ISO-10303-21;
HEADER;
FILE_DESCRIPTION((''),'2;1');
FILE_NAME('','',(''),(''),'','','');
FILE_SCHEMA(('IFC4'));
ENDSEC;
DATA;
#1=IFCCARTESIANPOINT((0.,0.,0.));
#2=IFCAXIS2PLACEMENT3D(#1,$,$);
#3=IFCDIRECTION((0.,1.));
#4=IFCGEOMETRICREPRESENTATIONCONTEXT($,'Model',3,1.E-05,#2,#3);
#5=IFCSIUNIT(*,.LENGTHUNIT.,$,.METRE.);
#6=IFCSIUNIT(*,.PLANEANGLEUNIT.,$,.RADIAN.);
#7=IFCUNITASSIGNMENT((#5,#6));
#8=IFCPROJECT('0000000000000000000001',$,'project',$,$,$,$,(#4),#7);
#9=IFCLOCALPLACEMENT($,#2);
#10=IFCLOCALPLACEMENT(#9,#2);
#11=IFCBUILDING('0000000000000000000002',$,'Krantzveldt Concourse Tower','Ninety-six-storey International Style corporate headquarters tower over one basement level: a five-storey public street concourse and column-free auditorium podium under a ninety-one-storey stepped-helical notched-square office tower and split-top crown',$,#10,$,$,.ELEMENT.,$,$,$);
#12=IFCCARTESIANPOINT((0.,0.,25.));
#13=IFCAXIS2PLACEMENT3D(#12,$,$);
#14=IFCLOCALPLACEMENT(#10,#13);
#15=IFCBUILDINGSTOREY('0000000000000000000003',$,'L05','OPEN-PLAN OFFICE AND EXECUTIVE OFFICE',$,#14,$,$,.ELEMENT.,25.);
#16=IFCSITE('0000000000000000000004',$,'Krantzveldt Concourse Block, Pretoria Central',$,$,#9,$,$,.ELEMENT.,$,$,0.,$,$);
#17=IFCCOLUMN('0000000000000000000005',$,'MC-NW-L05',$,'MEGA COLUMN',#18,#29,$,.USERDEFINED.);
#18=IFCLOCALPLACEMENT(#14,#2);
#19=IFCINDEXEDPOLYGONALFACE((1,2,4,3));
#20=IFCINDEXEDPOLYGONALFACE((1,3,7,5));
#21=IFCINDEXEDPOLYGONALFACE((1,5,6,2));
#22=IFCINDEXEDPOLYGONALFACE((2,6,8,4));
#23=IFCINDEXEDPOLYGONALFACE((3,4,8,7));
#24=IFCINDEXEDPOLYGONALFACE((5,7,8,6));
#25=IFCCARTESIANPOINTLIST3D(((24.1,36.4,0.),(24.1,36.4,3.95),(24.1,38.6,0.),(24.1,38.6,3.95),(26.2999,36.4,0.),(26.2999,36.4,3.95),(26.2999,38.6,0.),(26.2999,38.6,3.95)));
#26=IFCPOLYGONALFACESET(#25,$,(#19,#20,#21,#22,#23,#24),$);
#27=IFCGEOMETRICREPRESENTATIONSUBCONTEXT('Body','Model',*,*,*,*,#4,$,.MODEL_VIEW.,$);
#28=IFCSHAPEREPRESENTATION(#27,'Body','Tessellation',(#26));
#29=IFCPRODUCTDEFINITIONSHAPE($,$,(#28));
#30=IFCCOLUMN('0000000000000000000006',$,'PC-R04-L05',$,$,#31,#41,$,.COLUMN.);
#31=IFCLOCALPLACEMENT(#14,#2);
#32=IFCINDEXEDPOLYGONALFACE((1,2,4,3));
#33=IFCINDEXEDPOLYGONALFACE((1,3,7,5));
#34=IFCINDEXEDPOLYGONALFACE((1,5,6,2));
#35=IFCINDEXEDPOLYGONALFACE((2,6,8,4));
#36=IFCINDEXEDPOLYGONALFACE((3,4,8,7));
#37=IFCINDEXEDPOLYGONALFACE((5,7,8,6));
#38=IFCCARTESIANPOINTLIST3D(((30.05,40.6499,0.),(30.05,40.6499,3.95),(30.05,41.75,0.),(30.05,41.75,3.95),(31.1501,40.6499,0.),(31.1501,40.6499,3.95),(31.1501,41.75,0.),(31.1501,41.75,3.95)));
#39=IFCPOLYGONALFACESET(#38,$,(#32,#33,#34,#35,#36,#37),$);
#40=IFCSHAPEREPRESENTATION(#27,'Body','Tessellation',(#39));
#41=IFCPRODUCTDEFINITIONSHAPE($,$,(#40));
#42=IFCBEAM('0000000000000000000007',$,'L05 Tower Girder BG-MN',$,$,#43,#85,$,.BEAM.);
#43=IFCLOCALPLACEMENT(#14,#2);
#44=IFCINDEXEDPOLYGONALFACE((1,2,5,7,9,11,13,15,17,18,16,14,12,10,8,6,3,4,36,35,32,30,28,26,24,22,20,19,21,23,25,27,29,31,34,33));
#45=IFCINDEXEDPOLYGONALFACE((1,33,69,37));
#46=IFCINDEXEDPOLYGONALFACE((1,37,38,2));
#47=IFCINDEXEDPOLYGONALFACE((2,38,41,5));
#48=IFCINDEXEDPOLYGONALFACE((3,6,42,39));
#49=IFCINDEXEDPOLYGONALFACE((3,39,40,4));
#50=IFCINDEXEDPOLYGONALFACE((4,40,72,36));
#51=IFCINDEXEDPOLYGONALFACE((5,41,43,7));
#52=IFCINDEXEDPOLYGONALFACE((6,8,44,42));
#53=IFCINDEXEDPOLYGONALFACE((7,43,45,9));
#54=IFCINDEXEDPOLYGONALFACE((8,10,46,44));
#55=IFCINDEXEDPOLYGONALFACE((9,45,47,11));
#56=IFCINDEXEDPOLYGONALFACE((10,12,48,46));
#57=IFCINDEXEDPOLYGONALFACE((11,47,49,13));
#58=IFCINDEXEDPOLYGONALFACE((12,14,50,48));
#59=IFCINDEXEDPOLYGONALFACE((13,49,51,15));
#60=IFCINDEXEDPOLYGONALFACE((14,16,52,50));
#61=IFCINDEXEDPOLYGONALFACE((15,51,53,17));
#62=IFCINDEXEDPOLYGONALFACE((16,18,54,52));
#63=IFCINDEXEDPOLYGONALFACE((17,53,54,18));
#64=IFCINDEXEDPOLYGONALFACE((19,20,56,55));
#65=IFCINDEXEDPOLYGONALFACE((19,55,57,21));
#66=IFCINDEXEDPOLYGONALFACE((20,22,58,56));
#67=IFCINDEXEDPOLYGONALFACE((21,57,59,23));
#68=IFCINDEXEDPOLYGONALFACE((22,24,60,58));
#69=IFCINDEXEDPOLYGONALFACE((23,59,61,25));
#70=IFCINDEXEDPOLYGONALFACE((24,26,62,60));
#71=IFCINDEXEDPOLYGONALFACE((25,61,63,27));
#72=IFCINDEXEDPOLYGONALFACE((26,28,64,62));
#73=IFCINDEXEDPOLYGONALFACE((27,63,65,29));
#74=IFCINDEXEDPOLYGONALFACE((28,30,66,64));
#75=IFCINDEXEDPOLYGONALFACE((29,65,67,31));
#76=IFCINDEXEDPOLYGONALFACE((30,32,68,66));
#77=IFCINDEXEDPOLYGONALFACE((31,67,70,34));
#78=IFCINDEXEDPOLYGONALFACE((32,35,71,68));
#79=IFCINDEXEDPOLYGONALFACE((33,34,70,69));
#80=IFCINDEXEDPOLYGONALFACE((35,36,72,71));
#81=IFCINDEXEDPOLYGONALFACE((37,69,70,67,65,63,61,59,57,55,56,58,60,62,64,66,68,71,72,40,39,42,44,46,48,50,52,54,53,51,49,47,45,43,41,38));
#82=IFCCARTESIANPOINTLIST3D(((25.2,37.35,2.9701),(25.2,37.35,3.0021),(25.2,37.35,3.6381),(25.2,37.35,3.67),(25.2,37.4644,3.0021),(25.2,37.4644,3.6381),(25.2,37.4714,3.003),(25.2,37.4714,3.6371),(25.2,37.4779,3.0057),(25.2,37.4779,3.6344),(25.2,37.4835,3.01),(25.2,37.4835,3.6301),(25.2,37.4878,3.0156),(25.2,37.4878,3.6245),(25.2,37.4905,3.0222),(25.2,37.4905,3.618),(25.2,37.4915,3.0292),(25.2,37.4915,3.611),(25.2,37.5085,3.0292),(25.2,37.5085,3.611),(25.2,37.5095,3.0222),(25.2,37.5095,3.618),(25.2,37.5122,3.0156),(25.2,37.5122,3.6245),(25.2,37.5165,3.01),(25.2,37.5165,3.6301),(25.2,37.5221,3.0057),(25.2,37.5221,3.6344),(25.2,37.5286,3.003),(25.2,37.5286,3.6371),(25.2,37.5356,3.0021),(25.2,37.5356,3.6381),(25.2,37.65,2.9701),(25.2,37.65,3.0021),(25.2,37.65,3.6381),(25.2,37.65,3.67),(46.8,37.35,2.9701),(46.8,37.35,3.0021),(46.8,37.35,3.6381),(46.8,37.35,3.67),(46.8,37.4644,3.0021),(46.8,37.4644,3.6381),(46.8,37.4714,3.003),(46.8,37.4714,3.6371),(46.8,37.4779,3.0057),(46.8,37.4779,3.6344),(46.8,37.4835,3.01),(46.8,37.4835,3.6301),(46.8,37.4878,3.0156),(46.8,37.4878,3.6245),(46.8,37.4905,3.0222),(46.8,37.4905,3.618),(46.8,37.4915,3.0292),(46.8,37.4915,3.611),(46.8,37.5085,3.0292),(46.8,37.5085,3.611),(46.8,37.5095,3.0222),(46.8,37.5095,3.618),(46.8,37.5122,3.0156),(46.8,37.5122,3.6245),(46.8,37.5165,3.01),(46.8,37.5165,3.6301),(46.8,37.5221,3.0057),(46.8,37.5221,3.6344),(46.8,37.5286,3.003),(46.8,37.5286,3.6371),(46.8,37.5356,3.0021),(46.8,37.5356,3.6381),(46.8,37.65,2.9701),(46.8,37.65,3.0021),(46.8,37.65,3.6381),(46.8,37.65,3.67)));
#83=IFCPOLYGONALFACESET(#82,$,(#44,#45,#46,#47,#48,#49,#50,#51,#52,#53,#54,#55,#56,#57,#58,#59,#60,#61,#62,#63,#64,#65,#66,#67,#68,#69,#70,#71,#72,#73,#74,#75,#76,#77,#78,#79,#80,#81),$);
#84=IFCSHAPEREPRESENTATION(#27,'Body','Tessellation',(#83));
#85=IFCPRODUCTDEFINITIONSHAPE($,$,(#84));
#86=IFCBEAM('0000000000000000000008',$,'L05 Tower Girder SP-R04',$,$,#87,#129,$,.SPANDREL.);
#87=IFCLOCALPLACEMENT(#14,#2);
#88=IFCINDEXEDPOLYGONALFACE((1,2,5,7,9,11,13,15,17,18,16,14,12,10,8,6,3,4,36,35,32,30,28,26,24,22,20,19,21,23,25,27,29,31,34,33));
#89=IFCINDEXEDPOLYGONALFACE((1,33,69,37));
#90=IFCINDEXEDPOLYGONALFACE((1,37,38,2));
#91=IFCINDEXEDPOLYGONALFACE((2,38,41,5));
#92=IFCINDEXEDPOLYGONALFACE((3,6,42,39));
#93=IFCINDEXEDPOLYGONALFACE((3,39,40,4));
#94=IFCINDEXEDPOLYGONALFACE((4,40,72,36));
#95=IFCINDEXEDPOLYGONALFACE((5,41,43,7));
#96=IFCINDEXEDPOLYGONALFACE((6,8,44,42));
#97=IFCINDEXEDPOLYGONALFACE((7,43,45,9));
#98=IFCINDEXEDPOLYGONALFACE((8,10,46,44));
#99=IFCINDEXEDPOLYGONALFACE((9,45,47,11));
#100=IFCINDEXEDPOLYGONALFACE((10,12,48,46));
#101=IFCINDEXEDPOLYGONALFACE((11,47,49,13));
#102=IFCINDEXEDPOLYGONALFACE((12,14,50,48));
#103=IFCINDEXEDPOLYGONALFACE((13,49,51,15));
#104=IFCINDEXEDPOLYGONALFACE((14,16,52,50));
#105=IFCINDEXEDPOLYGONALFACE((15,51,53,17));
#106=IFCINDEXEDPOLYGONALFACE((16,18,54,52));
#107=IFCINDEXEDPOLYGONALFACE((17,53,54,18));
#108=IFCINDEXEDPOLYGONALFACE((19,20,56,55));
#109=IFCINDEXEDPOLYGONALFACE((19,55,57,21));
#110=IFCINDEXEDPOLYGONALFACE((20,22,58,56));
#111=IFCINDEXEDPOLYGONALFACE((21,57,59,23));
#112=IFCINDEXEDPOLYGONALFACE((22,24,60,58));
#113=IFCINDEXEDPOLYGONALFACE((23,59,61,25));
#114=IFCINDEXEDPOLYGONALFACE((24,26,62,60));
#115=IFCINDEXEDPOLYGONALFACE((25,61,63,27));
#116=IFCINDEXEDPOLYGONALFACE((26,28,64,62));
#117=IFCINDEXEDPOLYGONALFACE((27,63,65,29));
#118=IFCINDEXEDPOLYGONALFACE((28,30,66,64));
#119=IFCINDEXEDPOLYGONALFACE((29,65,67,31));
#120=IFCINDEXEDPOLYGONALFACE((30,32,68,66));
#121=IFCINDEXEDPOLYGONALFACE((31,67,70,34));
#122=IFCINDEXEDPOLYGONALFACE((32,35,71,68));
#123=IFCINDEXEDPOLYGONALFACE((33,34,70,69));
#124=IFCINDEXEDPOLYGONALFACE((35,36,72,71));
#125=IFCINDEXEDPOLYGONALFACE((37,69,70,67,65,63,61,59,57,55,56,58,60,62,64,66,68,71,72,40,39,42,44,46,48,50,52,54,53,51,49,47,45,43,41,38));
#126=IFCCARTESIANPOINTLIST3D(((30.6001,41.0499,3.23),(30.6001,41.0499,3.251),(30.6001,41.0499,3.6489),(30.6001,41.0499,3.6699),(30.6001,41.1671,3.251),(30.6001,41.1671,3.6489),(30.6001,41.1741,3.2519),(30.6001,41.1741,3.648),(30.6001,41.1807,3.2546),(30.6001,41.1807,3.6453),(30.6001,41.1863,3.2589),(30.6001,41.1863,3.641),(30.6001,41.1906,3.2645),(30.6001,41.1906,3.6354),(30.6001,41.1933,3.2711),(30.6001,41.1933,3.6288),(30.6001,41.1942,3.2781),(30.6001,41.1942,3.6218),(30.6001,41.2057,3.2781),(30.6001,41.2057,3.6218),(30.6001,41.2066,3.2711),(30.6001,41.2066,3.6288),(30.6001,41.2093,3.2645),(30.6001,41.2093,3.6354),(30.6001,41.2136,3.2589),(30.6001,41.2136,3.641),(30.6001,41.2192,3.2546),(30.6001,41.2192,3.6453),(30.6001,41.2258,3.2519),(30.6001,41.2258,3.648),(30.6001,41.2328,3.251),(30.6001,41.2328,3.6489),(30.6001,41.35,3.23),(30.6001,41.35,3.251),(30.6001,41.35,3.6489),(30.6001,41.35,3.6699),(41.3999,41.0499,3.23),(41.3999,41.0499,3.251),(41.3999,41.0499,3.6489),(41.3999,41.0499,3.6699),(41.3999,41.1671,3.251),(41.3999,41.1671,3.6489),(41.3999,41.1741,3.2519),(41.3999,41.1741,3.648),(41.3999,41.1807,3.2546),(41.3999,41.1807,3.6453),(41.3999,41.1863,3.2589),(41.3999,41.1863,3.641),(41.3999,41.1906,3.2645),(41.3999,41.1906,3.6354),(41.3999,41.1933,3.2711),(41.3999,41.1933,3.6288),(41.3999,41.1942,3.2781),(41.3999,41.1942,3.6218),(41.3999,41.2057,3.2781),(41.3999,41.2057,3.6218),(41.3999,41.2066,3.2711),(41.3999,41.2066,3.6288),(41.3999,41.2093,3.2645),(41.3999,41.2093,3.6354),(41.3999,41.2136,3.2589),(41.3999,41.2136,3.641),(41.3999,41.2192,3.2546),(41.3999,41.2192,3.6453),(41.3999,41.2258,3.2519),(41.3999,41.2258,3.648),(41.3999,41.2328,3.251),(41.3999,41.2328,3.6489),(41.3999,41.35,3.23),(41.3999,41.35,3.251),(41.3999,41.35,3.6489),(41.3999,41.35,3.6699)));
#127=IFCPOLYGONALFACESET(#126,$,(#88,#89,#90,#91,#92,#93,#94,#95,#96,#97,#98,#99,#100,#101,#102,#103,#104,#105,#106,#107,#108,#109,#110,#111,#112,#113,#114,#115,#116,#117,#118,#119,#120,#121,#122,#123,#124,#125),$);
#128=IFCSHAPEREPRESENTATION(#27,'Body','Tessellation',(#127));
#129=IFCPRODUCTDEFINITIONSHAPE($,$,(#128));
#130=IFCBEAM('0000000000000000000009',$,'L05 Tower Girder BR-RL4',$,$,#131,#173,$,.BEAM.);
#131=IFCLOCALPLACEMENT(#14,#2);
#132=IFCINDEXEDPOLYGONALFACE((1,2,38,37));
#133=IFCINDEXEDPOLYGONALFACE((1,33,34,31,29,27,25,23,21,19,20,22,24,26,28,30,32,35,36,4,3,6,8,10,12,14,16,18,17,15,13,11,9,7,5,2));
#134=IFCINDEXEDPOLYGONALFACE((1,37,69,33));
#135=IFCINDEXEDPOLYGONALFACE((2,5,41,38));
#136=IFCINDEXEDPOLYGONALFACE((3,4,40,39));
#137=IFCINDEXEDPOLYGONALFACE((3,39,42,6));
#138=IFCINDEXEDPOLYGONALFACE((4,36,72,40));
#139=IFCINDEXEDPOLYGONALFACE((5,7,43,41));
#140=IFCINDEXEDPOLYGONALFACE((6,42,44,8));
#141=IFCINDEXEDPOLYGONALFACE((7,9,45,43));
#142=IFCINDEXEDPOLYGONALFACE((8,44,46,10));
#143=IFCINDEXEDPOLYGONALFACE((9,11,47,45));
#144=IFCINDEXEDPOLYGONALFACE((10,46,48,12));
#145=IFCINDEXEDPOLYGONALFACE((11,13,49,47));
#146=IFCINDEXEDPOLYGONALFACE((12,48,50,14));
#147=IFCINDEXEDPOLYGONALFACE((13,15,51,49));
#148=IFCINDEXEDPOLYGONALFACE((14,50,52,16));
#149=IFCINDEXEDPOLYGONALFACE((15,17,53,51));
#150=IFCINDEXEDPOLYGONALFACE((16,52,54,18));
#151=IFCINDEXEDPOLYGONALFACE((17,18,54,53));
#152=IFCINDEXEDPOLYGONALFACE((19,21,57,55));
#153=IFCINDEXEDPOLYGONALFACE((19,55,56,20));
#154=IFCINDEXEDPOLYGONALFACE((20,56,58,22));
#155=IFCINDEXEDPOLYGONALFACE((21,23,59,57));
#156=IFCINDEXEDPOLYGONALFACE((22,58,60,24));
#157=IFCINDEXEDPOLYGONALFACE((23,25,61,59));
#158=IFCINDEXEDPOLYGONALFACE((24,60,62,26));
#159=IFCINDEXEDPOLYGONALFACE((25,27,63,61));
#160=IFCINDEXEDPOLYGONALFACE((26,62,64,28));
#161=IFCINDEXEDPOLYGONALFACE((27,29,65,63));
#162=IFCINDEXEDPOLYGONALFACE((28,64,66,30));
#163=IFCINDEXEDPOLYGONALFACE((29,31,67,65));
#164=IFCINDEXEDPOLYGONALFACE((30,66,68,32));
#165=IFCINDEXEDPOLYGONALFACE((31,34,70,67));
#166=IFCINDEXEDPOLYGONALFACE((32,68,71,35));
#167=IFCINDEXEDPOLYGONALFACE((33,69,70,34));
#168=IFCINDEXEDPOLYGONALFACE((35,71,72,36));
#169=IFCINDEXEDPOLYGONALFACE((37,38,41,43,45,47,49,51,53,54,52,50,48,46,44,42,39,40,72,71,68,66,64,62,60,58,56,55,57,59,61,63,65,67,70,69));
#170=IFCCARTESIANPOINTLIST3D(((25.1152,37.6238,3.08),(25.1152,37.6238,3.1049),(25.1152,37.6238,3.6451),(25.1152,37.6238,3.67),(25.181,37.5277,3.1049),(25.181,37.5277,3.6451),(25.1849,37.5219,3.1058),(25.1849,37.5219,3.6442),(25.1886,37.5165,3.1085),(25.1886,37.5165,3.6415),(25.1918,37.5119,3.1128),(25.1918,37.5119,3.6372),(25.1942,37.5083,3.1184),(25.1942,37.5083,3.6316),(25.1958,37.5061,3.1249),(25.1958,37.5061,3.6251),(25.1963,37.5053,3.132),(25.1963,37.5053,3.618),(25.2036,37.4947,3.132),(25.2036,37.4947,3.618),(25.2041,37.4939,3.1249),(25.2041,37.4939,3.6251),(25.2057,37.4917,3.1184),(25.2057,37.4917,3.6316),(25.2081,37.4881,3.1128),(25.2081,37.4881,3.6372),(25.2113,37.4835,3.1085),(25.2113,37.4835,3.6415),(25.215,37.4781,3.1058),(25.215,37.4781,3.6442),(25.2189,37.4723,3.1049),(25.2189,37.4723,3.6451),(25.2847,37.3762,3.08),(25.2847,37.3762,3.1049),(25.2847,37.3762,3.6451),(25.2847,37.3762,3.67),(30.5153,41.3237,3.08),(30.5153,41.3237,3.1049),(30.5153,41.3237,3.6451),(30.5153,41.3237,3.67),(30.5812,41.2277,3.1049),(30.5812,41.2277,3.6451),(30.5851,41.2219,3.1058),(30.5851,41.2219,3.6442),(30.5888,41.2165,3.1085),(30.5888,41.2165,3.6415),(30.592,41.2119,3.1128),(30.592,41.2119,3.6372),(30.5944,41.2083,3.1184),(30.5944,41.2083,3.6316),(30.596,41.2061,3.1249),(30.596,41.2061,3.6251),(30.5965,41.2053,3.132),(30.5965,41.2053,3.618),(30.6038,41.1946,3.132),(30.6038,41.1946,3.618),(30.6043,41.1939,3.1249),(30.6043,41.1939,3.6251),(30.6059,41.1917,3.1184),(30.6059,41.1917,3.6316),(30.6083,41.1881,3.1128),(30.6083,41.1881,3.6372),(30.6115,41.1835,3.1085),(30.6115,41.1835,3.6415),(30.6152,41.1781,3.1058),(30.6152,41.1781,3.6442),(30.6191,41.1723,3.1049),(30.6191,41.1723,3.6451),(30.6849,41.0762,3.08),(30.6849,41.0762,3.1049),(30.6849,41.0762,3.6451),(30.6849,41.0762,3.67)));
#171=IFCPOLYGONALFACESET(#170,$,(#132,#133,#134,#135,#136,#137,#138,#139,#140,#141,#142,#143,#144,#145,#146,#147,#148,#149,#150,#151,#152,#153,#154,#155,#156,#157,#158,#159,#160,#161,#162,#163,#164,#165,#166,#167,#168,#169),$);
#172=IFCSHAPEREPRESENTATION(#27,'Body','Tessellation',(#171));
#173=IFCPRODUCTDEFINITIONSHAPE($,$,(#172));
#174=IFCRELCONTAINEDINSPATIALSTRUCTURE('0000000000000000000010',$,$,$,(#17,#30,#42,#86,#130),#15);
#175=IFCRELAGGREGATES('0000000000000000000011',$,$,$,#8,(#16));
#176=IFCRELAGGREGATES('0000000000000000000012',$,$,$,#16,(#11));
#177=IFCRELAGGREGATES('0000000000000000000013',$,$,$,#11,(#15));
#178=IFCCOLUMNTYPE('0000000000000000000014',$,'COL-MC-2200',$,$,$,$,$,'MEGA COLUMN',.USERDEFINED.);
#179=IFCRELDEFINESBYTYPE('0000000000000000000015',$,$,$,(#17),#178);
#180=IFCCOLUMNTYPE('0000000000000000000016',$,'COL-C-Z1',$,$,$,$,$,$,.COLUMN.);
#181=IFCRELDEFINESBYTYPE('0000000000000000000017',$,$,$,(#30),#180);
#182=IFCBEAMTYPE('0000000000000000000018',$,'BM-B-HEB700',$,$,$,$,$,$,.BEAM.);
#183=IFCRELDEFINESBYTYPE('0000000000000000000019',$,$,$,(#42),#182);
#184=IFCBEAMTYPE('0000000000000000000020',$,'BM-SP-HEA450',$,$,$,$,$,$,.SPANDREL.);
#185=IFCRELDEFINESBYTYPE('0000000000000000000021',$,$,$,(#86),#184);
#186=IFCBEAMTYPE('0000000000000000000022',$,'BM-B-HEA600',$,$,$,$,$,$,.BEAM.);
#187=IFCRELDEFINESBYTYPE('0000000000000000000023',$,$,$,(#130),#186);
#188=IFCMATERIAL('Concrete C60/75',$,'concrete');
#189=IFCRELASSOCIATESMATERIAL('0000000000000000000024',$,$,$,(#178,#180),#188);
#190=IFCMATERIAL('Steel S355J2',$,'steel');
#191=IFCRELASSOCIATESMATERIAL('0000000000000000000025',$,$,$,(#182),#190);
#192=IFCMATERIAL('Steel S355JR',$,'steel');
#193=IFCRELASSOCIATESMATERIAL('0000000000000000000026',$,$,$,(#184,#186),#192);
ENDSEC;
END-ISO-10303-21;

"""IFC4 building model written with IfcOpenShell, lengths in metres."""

from ifc_helpers import new_model, si_unit, direction, frame, origin, origin_2d, place, context, subcontext, project, spatial, rectangle, i_section, extrude, source, transform, mapped, material, material_profile, profile_set, type_object, type_shapes, element, save


model = new_model("IFC4")

# Units and contexts
model_context = context("Model", 3, precision=1e-05, world=origin(), true_north=direction((0.0, 1.0)))
body_context = subcontext(model_context, "Body", "Model", "MODEL_VIEW")
ifc_project = project(units=[si_unit("LENGTHUNIT", "METRE"), si_unit("PLANEANGLEUNIT", "RADIAN")], contexts=[model_context])

# Site, building, storey
site_placement = place(None, origin())
site = spatial("IfcSite", under=ifc_project, at=site_placement, Name="Krantzveldt Concourse Block, Pretoria Central", CompositionType="ELEMENT", RefElevation=0.0)
building_placement = place(site_placement, origin())
building = spatial("IfcBuilding", under=site, at=building_placement, Name="Krantzveldt Concourse Tower", Description="Ninety-six-storey International Style corporate headquarters tower over one basement level: a five-storey public street concourse and column-free auditorium podium under a ninety-one-storey stepped-helical notched-square office tower and split-top crown", CompositionType="ELEMENT")
storey_placement = place(building_placement, frame((0.0, 0.0, 25.0)))
storey = spatial("IfcBuildingStorey", under=building, at=storey_placement, Name="L05", Description="OPEN-PLAN OFFICE AND EXECUTIVE OFFICE", CompositionType="ELEMENT", Elevation=25.0)

# Columns
ifc_material_1 = material(Name="Concrete C60/75", Category="concrete")
ifc_material_profile_1 = material_profile(ifc_material_1, rectangle(XDim=2.2, YDim=2.2, at=origin_2d()), Name="Concrete C60/75", Category="concrete")
ifc_profile_set_1 = profile_set([ifc_material_profile_1], Name="Concrete C60/75 - RC 2200x2200")
column_type_1 = type_object("IfcColumnType", Name="COL-MC-2200", ElementType="MEGA COLUMN", PredefinedType="USERDEFINED", material=ifc_profile_set_1)
shared_shape_1 = source(origin(), body_context, "Body", "SweptSolid", [
    extrude(rectangle(XDim=2.2, YDim=2.2, at=origin_2d()), origin(), (0.0, 0.0, 1.0), 3.95),
])
type_shapes(column_type_1, [shared_shape_1])
column_1_placement = place(storey_placement, frame((25.2, 37.5, 0.0), z_axis=(0.0, 0.0, 1.0), x_axis=(1.0, 0.0, 0.0)))
element("IfcColumn", 1, at=column_1_placement, inside=storey, type_object=column_type_1, Name="MC-NW-L05", ObjectType="MEGA COLUMN", PredefinedType="USERDEFINED", context=body_context, shape_type="MappedRepresentation", body=[
    mapped(shared_shape_1, transform((0.0, 0.0, 0.0), x_axis=(1.0, 0.0, 0.0), y_axis=(0.0, 1.0, 0.0), z_axis=(0.0, 0.0, 1.0), scale=1.0)),
])
ifc_material_profile_2 = material_profile(ifc_material_1, rectangle(XDim=1.1001, YDim=1.1001, at=origin_2d()), Name="Concrete C60/75", Category="concrete")
ifc_profile_set_2 = profile_set([ifc_material_profile_2], Name="Concrete C60/75 - RC 1100x1100")
column_type_2 = type_object("IfcColumnType", Name="COL-C-Z1", PredefinedType="COLUMN", material=ifc_profile_set_2)
shared_shape_2 = source(origin(), body_context, "Body", "SweptSolid", [
    extrude(rectangle(XDim=1.1001, YDim=1.1001, at=origin_2d()), origin(), (0.0, 0.0, 1.0), 3.95),
])
type_shapes(column_type_2, [shared_shape_2])
column_2_placement = place(storey_placement, frame((30.6001, 41.2, 0.0), z_axis=(0.0, 0.0, 1.0), x_axis=(1.0, 0.0, 0.0)))
element("IfcColumn", 2, at=column_2_placement, inside=storey, type_object=column_type_2, Name="PC-R04-L05", PredefinedType="COLUMN", context=body_context, shape_type="MappedRepresentation", body=[
    mapped(shared_shape_2, transform((0.0, 0.0, 0.0), x_axis=(1.0, 0.0, 0.0), y_axis=(0.0, 1.0, 0.0), z_axis=(0.0, 0.0, 1.0), scale=1.0)),
])

# Beams
ifc_material_2 = material(Name="Steel S355J2", Category="steel")
ifc_material_profile_3 = material_profile(ifc_material_2, i_section(OverallWidth=0.3, OverallDepth=0.7, WebThickness=0.0171, FlangeThickness=0.032, FilletRadius=0.0271, at=origin_2d()), Name="Steel S355J2", Category="steel")
ifc_profile_set_3 = profile_set([ifc_material_profile_3], Name="Steel S355J2 - HEB 700")
beam_type_1 = type_object("IfcBeamType", Name="BM-B-HEB700", PredefinedType="BEAM", material=ifc_profile_set_3)
shared_shape_3 = source(origin(), body_context, "Body", "SweptSolid", [
    extrude(i_section(OverallWidth=0.3, OverallDepth=0.7, WebThickness=0.0171, FlangeThickness=0.032, FilletRadius=0.0271, at=origin_2d()), origin(), (0.0, 0.0, 1.0), 21.6001),
])
type_shapes(beam_type_1, [shared_shape_3])
beam_1_placement = place(storey_placement, frame((25.2, 37.5, 3.3201), z_axis=(1.0, 0.0, 0.0), x_axis=(0.0, 1.0, 0.0)))
element("IfcBeam", 3, at=beam_1_placement, inside=storey, type_object=beam_type_1, Name="L05 Tower Girder BG-MN", PredefinedType="BEAM", context=body_context, shape_type="MappedRepresentation", body=[
    mapped(shared_shape_3, transform((0.0, 0.0, 0.0), x_axis=(1.0, 0.0, 0.0), y_axis=(0.0, 1.0, 0.0), z_axis=(0.0, 0.0, 1.0), scale=1.0)),
])
ifc_material_3 = material(Name="Steel S355JR", Category="steel")
ifc_material_profile_4 = material_profile(ifc_material_3, i_section(OverallWidth=0.3, OverallDepth=0.4399, WebThickness=0.0115, FlangeThickness=0.021, FilletRadius=0.0271, at=origin_2d()), Name="Steel S355JR", Category="steel")
ifc_profile_set_4 = profile_set([ifc_material_profile_4], Name="Steel S355JR - HEA 450")
beam_type_2 = type_object("IfcBeamType", Name="BM-SP-HEA450", PredefinedType="SPANDREL", material=ifc_profile_set_4)
shared_shape_4 = source(origin(), body_context, "Body", "SweptSolid", [
    extrude(i_section(OverallWidth=0.3, OverallDepth=0.4399, WebThickness=0.0115, FlangeThickness=0.021, FilletRadius=0.0271, at=origin_2d()), origin(), (0.0, 0.0, 1.0), 10.7998),
])
type_shapes(beam_type_2, [shared_shape_4])
beam_2_placement = place(storey_placement, frame((30.6001, 41.2, 3.45), z_axis=(1.0, 0.0, 0.0), x_axis=(0.0, 1.0, 0.0)))
element("IfcBeam", 4, at=beam_2_placement, inside=storey, type_object=beam_type_2, Name="L05 Tower Girder SP-R04", PredefinedType="SPANDREL", context=body_context, shape_type="MappedRepresentation", body=[
    mapped(shared_shape_4, transform((0.0, 0.0, 0.0), x_axis=(1.0, 0.0, 0.0), y_axis=(0.0, 1.0, 0.0), z_axis=(0.0, 0.0, 1.0), scale=1.0)),
])
ifc_material_profile_5 = material_profile(ifc_material_3, i_section(OverallWidth=0.3, OverallDepth=0.5901, WebThickness=0.0129, FlangeThickness=0.0249, FilletRadius=0.0271, at=origin_2d()), Name="Steel S355JR", Category="steel")
ifc_profile_set_5 = profile_set([ifc_material_profile_5], Name="Steel S355JR - HEA 600")
beam_type_3 = type_object("IfcBeamType", Name="BM-B-HEA600", PredefinedType="BEAM", material=ifc_profile_set_5)
shared_shape_5 = source(origin(), body_context, "Body", "SweptSolid", [
    extrude(i_section(OverallWidth=0.3, OverallDepth=0.5901, WebThickness=0.0129, FlangeThickness=0.0249, FilletRadius=0.0271, at=origin_2d()), origin(), (0.0, 0.0, 1.0), 6.5461),
])
type_shapes(beam_type_3, [shared_shape_5])
beam_3_placement = place(storey_placement, frame((25.2, 37.5, 3.375), z_axis=(0.824943, 0.565216, 0.0), x_axis=(-0.565216, 0.824943, 0.0)))
element("IfcBeam", 5, at=beam_3_placement, inside=storey, type_object=beam_type_3, Name="L05 Tower Girder BR-RL4", PredefinedType="BEAM", context=body_context, shape_type="MappedRepresentation", body=[
    mapped(shared_shape_5, transform((0.0, 0.0, 0.0), x_axis=(1.0, 0.0, 0.0), y_axis=(0.0, 1.0, 0.0), z_axis=(0.0, 0.0, 1.0), scale=1.0)),
])

save(model, "model.ifc")
